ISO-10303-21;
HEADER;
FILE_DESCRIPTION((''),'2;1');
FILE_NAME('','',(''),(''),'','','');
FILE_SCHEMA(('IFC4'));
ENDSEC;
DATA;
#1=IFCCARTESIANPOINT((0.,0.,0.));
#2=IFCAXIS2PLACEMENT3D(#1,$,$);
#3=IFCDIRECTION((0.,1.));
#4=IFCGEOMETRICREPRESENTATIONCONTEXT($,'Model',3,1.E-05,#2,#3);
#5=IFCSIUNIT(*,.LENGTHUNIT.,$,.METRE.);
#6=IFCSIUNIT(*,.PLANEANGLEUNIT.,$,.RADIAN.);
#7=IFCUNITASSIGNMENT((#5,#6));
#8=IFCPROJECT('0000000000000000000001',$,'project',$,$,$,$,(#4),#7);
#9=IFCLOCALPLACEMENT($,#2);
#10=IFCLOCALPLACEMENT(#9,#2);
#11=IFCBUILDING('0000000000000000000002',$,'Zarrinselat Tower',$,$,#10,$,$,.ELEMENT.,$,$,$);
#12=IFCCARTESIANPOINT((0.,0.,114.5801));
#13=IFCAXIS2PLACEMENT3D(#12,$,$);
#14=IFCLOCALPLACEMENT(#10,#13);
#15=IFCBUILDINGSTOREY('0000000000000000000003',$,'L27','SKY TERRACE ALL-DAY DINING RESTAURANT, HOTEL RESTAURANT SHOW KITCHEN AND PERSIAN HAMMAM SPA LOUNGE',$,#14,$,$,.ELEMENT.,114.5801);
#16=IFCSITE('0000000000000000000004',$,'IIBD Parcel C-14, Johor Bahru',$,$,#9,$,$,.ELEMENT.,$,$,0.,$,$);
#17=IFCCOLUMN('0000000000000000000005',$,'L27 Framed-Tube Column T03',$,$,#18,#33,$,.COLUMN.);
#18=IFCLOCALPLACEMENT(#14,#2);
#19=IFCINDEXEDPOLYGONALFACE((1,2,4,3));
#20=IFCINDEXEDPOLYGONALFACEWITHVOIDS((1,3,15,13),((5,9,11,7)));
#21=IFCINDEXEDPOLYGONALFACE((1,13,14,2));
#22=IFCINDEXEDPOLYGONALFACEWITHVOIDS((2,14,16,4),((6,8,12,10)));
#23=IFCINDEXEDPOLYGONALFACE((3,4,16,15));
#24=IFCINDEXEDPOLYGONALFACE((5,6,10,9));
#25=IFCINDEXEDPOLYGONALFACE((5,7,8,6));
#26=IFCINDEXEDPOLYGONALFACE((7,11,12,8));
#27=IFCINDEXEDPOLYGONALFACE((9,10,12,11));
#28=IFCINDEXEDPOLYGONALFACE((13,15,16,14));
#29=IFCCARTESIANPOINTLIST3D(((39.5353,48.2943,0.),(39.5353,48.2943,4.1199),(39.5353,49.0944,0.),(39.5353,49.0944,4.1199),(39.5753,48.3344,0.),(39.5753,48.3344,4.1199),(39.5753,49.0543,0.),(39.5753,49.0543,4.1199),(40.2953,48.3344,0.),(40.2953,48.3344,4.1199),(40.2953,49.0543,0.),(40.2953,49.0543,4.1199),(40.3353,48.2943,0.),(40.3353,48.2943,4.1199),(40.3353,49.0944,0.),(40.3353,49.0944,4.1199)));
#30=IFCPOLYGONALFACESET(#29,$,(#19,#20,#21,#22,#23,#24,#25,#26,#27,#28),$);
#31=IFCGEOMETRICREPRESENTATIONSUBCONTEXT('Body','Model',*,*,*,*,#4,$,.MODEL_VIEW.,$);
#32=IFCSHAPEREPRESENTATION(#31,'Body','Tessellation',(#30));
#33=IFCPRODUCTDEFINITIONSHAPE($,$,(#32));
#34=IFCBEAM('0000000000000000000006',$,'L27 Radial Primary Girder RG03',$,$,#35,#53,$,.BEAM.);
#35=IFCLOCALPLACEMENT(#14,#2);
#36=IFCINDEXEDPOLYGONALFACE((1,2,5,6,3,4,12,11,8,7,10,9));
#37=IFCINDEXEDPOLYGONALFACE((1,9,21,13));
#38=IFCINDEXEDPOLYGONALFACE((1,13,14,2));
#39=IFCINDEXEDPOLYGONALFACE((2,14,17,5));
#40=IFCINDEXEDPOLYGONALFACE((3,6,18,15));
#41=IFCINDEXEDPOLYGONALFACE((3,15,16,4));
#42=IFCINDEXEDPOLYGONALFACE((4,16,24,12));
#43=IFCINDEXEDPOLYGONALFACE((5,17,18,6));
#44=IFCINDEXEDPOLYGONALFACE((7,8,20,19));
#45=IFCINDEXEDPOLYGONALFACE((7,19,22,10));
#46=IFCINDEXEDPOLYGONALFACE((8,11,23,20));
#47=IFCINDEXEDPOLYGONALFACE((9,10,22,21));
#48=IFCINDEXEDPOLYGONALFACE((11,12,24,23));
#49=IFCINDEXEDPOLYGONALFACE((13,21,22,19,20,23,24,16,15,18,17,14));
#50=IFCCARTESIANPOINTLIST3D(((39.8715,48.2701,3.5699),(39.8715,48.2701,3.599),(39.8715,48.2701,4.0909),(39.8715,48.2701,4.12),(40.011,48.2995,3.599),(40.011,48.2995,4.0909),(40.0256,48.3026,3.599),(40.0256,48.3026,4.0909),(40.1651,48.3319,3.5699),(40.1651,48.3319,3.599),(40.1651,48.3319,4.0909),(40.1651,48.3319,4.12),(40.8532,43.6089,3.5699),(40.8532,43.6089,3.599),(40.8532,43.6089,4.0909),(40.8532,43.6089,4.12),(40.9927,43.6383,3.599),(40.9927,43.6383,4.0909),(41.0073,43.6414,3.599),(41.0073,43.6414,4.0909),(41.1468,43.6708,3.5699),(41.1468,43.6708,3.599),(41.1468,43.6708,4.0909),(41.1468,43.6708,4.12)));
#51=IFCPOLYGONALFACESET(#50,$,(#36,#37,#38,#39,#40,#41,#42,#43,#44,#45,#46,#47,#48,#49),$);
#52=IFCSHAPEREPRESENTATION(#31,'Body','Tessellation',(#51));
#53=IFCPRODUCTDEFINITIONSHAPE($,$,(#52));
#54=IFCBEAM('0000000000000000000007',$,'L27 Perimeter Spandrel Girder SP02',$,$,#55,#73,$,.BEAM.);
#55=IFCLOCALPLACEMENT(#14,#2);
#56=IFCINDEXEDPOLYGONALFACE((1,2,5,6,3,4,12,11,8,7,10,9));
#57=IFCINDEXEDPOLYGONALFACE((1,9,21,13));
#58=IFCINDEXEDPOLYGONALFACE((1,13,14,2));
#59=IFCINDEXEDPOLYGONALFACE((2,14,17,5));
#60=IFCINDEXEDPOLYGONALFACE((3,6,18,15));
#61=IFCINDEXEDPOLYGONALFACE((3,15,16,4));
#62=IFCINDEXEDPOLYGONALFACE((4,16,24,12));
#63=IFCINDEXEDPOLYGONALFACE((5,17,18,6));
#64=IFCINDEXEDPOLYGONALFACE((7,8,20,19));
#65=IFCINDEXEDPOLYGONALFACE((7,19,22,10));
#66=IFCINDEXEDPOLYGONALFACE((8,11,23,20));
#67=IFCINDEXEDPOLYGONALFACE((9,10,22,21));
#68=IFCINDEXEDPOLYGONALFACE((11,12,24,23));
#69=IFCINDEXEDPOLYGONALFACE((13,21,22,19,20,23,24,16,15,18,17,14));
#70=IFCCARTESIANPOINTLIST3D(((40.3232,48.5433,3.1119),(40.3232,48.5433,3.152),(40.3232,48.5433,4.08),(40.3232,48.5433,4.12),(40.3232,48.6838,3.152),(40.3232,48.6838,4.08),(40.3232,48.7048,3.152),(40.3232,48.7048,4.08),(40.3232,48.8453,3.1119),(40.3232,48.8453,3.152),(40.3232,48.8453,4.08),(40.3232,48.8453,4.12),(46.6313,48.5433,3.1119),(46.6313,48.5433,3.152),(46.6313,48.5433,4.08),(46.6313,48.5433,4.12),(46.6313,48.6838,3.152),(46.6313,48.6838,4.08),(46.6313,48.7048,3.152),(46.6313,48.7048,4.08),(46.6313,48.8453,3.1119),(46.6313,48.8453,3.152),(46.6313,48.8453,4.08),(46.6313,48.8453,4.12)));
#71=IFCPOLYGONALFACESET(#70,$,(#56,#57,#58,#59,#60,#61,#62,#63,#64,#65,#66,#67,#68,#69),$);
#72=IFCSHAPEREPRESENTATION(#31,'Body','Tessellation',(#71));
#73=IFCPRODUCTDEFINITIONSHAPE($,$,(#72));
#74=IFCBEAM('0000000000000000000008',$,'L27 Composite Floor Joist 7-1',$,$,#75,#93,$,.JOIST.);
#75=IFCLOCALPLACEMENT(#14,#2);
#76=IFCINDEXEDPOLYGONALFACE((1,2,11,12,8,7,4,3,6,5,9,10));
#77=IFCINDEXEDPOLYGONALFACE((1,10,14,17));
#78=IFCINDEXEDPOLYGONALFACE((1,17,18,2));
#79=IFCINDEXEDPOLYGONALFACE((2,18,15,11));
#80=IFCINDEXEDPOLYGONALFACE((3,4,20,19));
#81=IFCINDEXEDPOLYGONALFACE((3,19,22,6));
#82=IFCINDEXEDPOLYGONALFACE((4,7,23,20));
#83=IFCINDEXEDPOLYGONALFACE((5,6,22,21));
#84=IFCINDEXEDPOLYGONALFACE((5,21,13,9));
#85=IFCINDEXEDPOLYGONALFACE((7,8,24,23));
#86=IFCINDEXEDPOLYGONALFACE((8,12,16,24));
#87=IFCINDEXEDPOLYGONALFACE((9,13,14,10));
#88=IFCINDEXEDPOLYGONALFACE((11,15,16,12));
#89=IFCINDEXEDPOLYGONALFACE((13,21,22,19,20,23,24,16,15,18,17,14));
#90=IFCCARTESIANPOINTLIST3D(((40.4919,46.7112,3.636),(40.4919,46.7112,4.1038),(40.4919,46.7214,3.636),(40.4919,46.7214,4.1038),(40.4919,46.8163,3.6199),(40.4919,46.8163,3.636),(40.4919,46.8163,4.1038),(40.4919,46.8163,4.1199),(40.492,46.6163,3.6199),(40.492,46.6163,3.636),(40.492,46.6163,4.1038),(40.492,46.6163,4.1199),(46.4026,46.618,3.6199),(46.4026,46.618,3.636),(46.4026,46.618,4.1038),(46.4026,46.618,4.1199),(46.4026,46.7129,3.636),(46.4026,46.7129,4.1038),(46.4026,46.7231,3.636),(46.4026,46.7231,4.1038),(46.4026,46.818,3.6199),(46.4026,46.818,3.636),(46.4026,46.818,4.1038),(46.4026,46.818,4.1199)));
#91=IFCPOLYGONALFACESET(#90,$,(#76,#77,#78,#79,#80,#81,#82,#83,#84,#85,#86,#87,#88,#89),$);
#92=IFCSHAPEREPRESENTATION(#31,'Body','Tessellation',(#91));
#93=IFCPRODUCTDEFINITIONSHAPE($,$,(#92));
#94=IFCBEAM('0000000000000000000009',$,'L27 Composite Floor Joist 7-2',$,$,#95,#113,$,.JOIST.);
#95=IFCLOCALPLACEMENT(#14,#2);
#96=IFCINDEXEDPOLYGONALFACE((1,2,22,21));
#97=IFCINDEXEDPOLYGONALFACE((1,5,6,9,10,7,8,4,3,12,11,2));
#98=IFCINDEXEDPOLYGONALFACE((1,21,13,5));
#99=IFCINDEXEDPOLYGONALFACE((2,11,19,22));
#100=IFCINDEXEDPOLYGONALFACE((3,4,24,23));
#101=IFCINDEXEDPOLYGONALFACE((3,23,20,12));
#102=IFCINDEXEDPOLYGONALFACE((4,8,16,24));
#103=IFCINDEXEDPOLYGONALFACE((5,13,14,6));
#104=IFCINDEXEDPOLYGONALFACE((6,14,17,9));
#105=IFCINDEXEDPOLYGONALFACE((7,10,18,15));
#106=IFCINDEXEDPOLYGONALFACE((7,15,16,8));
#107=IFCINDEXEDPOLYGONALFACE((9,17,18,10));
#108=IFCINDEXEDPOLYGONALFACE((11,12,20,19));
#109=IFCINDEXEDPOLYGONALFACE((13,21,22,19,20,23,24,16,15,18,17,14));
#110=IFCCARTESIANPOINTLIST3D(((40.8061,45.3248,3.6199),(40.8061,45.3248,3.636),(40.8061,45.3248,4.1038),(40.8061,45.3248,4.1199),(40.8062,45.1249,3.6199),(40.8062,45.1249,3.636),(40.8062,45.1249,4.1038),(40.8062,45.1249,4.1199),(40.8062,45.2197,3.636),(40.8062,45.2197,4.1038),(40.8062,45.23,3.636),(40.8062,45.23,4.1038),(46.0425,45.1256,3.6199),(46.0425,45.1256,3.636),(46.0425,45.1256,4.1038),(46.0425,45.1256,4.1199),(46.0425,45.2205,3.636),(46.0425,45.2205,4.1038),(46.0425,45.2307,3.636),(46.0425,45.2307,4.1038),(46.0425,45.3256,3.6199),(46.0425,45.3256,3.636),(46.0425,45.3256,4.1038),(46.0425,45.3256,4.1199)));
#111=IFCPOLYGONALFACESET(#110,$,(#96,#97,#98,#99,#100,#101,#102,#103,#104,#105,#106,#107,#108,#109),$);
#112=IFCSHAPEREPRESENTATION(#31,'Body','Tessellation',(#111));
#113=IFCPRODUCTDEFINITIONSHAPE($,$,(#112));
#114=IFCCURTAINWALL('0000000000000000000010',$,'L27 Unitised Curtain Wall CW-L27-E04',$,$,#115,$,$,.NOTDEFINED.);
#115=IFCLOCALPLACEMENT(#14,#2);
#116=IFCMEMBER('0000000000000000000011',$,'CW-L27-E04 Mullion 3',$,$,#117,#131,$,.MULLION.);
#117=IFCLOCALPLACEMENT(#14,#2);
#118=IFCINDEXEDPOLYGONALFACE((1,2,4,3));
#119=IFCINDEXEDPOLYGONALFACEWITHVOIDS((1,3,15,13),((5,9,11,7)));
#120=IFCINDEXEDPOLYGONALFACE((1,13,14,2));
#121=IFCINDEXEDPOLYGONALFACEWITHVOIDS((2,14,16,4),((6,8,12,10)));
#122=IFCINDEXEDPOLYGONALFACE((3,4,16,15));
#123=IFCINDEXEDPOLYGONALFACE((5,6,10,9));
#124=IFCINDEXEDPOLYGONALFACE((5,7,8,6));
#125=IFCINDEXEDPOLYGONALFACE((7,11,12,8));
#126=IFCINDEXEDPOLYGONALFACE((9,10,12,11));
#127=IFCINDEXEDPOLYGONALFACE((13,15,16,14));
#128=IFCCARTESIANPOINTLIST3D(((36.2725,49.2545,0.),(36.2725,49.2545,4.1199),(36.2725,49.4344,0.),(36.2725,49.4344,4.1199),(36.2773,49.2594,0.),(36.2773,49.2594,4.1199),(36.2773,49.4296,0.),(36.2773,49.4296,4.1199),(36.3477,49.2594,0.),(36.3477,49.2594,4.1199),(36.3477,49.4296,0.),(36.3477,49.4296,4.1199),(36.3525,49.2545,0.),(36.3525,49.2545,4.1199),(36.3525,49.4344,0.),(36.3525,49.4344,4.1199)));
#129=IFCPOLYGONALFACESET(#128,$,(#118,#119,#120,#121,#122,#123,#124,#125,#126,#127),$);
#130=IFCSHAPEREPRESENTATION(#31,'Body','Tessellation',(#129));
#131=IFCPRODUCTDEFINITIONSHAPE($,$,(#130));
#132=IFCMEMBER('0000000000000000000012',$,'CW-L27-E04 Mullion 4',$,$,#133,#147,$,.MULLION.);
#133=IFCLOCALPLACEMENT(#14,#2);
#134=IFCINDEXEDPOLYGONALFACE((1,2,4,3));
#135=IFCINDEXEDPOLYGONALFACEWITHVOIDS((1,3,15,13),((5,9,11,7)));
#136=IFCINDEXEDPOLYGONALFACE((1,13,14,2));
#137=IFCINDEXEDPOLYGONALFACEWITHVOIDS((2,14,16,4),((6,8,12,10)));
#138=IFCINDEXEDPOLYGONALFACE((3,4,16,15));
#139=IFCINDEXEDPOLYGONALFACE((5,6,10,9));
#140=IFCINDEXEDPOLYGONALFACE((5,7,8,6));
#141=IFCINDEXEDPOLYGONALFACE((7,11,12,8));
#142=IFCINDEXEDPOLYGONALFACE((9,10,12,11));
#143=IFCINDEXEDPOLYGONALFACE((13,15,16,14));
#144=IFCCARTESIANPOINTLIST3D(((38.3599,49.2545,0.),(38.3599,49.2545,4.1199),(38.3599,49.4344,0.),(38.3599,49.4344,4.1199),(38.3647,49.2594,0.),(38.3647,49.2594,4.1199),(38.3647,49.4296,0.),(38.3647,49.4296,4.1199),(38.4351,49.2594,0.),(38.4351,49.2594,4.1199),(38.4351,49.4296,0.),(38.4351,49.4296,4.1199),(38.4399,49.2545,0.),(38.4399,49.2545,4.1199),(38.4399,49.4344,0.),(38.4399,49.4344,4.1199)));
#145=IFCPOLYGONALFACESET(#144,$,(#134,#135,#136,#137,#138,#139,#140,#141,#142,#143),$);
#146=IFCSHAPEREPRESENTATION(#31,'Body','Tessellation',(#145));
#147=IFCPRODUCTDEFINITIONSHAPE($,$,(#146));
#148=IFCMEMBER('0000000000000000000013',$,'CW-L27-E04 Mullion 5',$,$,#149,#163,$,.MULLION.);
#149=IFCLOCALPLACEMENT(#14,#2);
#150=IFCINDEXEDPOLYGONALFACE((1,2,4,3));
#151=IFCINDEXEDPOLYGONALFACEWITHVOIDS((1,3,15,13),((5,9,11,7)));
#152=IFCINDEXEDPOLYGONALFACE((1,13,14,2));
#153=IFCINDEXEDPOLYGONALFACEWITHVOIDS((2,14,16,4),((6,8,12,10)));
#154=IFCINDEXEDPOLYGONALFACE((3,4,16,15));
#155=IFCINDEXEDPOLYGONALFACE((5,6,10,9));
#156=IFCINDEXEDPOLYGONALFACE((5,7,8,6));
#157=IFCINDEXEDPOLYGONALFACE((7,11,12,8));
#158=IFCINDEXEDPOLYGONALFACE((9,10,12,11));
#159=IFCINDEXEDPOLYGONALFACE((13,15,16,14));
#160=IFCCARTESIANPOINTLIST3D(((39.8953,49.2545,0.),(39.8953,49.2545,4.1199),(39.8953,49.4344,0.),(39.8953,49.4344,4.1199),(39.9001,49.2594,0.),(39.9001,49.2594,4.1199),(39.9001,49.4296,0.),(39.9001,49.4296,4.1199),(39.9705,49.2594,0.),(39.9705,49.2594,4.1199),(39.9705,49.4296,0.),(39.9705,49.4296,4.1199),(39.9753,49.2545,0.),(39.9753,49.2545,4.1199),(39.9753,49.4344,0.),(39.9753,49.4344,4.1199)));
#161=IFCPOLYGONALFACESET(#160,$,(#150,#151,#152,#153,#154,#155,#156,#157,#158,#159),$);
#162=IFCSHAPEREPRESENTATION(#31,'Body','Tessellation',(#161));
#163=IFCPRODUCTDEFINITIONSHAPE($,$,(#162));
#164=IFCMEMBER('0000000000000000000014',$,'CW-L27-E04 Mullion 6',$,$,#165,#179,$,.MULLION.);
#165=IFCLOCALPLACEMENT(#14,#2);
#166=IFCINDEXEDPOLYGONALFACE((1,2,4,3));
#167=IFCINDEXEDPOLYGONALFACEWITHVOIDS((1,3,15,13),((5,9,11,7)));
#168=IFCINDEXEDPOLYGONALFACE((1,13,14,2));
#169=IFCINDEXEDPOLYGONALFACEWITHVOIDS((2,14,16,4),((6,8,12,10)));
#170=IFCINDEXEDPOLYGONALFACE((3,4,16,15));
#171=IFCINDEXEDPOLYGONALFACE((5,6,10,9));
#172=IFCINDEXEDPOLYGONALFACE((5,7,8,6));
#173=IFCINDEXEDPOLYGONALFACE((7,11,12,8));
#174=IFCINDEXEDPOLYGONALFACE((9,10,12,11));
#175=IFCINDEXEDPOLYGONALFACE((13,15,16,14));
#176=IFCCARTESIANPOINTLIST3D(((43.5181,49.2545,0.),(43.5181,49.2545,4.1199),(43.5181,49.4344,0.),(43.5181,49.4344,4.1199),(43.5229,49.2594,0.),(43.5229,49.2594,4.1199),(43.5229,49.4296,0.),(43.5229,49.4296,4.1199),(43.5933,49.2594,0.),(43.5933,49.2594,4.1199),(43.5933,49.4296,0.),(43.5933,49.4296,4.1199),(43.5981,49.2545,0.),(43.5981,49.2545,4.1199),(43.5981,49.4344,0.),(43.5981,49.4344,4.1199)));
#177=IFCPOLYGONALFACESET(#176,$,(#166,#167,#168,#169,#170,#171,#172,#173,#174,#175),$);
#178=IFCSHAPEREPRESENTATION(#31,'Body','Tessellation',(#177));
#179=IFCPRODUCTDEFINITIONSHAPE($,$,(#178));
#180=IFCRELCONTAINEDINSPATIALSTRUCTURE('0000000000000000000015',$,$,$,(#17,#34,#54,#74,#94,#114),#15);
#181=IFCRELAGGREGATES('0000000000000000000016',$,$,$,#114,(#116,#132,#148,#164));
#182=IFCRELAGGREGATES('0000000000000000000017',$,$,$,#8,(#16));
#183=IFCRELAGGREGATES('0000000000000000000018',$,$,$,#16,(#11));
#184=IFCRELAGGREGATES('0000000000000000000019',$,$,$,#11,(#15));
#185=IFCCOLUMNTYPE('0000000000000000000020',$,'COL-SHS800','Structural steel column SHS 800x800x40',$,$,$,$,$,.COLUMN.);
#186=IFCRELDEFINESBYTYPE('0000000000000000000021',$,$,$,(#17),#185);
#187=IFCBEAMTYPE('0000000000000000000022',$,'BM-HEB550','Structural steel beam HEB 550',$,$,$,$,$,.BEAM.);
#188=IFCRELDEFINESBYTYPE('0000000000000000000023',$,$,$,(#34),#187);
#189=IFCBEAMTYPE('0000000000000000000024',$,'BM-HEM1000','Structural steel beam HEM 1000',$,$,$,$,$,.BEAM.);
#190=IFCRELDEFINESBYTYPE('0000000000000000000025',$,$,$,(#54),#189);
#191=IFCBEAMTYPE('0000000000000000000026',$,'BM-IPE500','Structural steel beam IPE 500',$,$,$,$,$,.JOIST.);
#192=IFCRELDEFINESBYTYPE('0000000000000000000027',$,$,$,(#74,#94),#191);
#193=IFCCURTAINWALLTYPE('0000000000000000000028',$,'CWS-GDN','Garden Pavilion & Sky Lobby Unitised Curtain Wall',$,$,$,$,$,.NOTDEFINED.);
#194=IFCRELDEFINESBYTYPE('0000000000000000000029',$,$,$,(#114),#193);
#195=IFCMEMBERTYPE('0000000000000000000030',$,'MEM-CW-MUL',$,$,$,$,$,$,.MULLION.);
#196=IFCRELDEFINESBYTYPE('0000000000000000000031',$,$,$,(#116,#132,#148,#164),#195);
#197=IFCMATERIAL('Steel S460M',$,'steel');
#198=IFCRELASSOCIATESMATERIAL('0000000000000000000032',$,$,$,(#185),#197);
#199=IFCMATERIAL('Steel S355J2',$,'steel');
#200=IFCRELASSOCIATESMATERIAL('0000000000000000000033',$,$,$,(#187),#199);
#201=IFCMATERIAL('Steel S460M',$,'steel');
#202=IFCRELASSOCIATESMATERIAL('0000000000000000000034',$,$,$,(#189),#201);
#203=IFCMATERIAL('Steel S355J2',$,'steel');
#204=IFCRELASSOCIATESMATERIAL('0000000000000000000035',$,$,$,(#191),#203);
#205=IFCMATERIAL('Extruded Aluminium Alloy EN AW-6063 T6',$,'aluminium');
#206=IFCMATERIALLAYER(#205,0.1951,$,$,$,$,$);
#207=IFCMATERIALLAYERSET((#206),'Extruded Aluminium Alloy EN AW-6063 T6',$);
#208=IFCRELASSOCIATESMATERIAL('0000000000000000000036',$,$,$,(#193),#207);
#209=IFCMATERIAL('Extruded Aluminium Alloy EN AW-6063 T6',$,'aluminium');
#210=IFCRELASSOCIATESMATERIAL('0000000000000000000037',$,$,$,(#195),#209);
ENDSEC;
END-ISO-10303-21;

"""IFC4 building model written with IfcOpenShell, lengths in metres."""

from ifc_helpers import new_model, si_unit, direction, frame, origin, origin_2d, place, context, subcontext, project, spatial, hollow_rectangle, i_section, extrude, material, layer, layer_set, material_profile, profile_set, type_object, element, aggregate, save


model = new_model("IFC4")

# Units and contexts
model_context = context("Model", 3, precision=1e-05, world=origin(), true_north=direction((0.0, 1.0)))
body_context = subcontext(model_context, "Body", "Model", "MODEL_VIEW")
ifc_project = project(units=[si_unit("LENGTHUNIT", "METRE"), si_unit("PLANEANGLEUNIT", "RADIAN")], contexts=[model_context])

# Site, building, storey
site_placement = place(None, origin())
site = spatial("IfcSite", under=ifc_project, at=site_placement, Name="IIBD Parcel C-14, Johor Bahru", CompositionType="ELEMENT", RefElevation=0.0)
building_placement = place(site_placement, origin())
building = spatial("IfcBuilding", under=site, at=building_placement, Name="Zarrinselat Tower", CompositionType="ELEMENT")
storey_placement = place(building_placement, frame((0.0, 0.0, 114.5801)))
storey = spatial("IfcBuildingStorey", under=building, at=storey_placement, Name="L27", Description="SKY TERRACE ALL-DAY DINING RESTAURANT, HOTEL RESTAURANT SHOW KITCHEN AND PERSIAN HAMMAM SPA LOUNGE", CompositionType="ELEMENT", Elevation=114.5801)

# Column
ifc_material_1 = material(Name="Steel S460M", Category="steel")
ifc_material_profile_1 = material_profile(ifc_material_1, hollow_rectangle(XDim=0.8, YDim=0.8, WallThickness=0.04, at=origin_2d()), Name="SHS 800x800x40")
ifc_profile_set_1 = profile_set([ifc_material_profile_1], Name="Steel S460M")
column_type = type_object("IfcColumnType", Name="COL-SHS800", Description="Structural steel column SHS 800x800x40", PredefinedType="COLUMN", material=ifc_profile_set_1)
column_placement = place(storey_placement, frame((39.9353, 48.6943, 0.0), z_axis=(0.0, 0.0, 1.0), x_axis=(1.0, 0.0, 0.0)))
element("IfcColumn", 1, at=column_placement, inside=storey, type_object=column_type, Name="L27 Framed-Tube Column T03", PredefinedType="COLUMN", context=body_context, shape_type="SweptSolid", body=[
    extrude(hollow_rectangle(XDim=0.8, YDim=0.8, WallThickness=0.04, at=origin_2d()), origin(), (0.0, 0.0, 1.0), 4.1199),
])

# Beams
ifc_material_2 = material(Name="Steel S355J2", Category="steel")
ifc_material_profile_2 = material_profile(ifc_material_2, i_section(OverallWidth=0.3, OverallDepth=0.55, WebThickness=0.0149, FlangeThickness=0.0291, at=origin_2d()), Name="HEB 550")
ifc_profile_set_2 = profile_set([ifc_material_profile_2], Name="Steel S355J2")
beam_type_1 = type_object("IfcBeamType", Name="BM-HEB550", Description="Structural steel beam HEB 550", PredefinedType="BEAM", material=ifc_profile_set_2)
beam_1_placement = place(storey_placement, frame((40.0183, 48.301, 3.845), z_axis=(0.206091, -0.978533, 0.0), x_axis=(0.978533, 0.206091, 0.0)))
element("IfcBeam", 2, at=beam_1_placement, inside=storey, type_object=beam_type_1, Name="L27 Radial Primary Girder RG03", PredefinedType="BEAM", context=body_context, shape_type="SweptSolid", body=[
    extrude(i_section(OverallWidth=0.3, OverallDepth=0.55, WebThickness=0.0149, FlangeThickness=0.0291, at=origin_2d()), origin(), (0.0, 0.0, 1.0), 4.7634),
])
ifc_material_3 = material(Name="Steel S460M", Category="steel")
ifc_material_profile_3 = material_profile(ifc_material_3, i_section(OverallWidth=0.302, OverallDepth=1.0081, WebThickness=0.021, FlangeThickness=0.04, at=origin_2d()), Name="HEM 1000")
ifc_profile_set_3 = profile_set([ifc_material_profile_3], Name="Steel S460M")
beam_type_2 = type_object("IfcBeamType", Name="BM-HEM1000", Description="Structural steel beam HEM 1000", PredefinedType="BEAM", material=ifc_profile_set_3)
beam_2_placement = place(storey_placement, frame((40.3232, 48.6943, 3.616), z_axis=(1.0, 0.0, 0.0), x_axis=(0.0, 1.0, 0.0)))
element("IfcBeam", 3, at=beam_2_placement, inside=storey, type_object=beam_type_2, Name="L27 Perimeter Spandrel Girder SP02", PredefinedType="BEAM", context=body_context, shape_type="SweptSolid", body=[
    extrude(i_section(OverallWidth=0.302, OverallDepth=1.0081, WebThickness=0.021, FlangeThickness=0.04, at=origin_2d()), origin(), (0.0, 0.0, 1.0), 6.3081),
])
ifc_material_4 = material(Name="Steel S355J2", Category="steel")
ifc_material_profile_4 = material_profile(ifc_material_4, i_section(OverallWidth=0.2, OverallDepth=0.5, WebThickness=0.0103, FlangeThickness=0.0161, at=origin_2d()), Name="IPE 500")
ifc_profile_set_4 = profile_set([ifc_material_profile_4], Name="Steel S355J2")
beam_type_3 = type_object("IfcBeamType", Name="BM-IPE500", Description="Structural steel beam IPE 500", PredefinedType="JOIST", material=ifc_profile_set_4)
beam_3_placement = place(storey_placement, frame((40.4919, 46.7163, 3.8699), z_axis=(1.0, 0.000289, 0.0), x_axis=(-0.000289, 1.0, 0.0)))
element("IfcBeam", 4, at=beam_3_placement, inside=storey, type_object=beam_type_3, Name="L27 Composite Floor Joist 7-1", PredefinedType="JOIST", context=body_context, shape_type="SweptSolid", body=[
    extrude(i_section(OverallWidth=0.2, OverallDepth=0.5, WebThickness=0.0103, FlangeThickness=0.0161, at=origin_2d()), origin(), (0.0, 0.0, 1.0), 5.9106),
])
beam_4_placement = place(storey_placement, frame((40.8062, 45.2249, 3.8699), z_axis=(1.0, 0.00014, 0.0), x_axis=(-0.00014, 1.0, 0.0)))
element("IfcBeam", 5, at=beam_4_placement, inside=storey, type_object=beam_type_3, Name="L27 Composite Floor Joist 7-2", PredefinedType="JOIST", context=body_context, shape_type="SweptSolid", body=[
    extrude(i_section(OverallWidth=0.2, OverallDepth=0.5, WebThickness=0.0103, FlangeThickness=0.0161, at=origin_2d()), origin(), (0.0, 0.0, 1.0), 5.2363),
])

# Curtain wall, members
ifc_material_5 = material(Name="Extruded Aluminium Alloy EN AW-6063 T6", Category="aluminium")
ifc_layer_1 = layer(ifc_material_5, 0.1951)
ifc_layer_set_1 = layer_set([ifc_layer_1], Name="Extruded Aluminium Alloy EN AW-6063 T6")
curtain_wall_type = type_object("IfcCurtainWallType", Name="CWS-GDN", Description="Garden Pavilion & Sky Lobby Unitised Curtain Wall", PredefinedType="NOTDEFINED", material=ifc_layer_set_1)
curtain_wall_placement = place(storey_placement, origin())
curtain_wall = element("IfcCurtainWall", 6, at=curtain_wall_placement, inside=storey, type_object=curtain_wall_type, Name="L27 Unitised Curtain Wall CW-L27-E04", PredefinedType="NOTDEFINED")
ifc_material_6 = material(Name="Extruded Aluminium Alloy EN AW-6063 T6", Category="aluminium")
ifc_material_profile_5 = material_profile(ifc_material_6, hollow_rectangle(XDim=0.0801, YDim=0.1799, WallThickness=0.0049, at=origin_2d()), Name="RHS 180x80x5")
ifc_profile_set_5 = profile_set([ifc_material_profile_5], Name="Extruded Aluminium Alloy EN AW-6063 T6")
member_type_1 = type_object("IfcMemberType", Name="MEM-CW-MUL", PredefinedType="MULLION", material=ifc_profile_set_5)
member_1_placement = place(storey_placement, frame((36.3125, 49.3445, 0.0), z_axis=(0.0, 0.0, 1.0), x_axis=(1.0, 0.0, 0.0)))
member_1 = element("IfcMember", 7, at=member_1_placement, type_object=member_type_1, Name="CW-L27-E04 Mullion 3", PredefinedType="MULLION", context=body_context, shape_type="SweptSolid", body=[
    extrude(hollow_rectangle(XDim=0.0801, YDim=0.1799, WallThickness=0.0049, at=origin_2d()), origin(), (0.0, 0.0, 1.0), 4.1199),
])
member_2_placement = place(storey_placement, frame((38.3999, 49.3445, 0.0), z_axis=(0.0, 0.0, 1.0), x_axis=(1.0, 0.0, 0.0)))
member_2 = element("IfcMember", 8, at=member_2_placement, type_object=member_type_1, Name="CW-L27-E04 Mullion 4", PredefinedType="MULLION", context=body_context, shape_type="SweptSolid", body=[
    extrude(hollow_rectangle(XDim=0.0801, YDim=0.1799, WallThickness=0.0049, at=origin_2d()), origin(), (0.0, 0.0, 1.0), 4.1199),
])
member_3_placement = place(storey_placement, frame((39.9353, 49.3445, 0.0), z_axis=(0.0, 0.0, 1.0), x_axis=(1.0, 0.0, 0.0)))
member_3 = element("IfcMember", 9, at=member_3_placement, type_object=member_type_1, Name="CW-L27-E04 Mullion 5", PredefinedType="MULLION", context=body_context, shape_type="SweptSolid", body=[
    extrude(hollow_rectangle(XDim=0.0801, YDim=0.1799, WallThickness=0.0049, at=origin_2d()), origin(), (0.0, 0.0, 1.0), 4.1199),
])
member_4_placement = place(storey_placement, frame((43.5581, 49.3445, 0.0), z_axis=(0.0, 0.0, 1.0), x_axis=(1.0, 0.0, 0.0)))
member_4 = element("IfcMember", 10, at=member_4_placement, type_object=member_type_1, Name="CW-L27-E04 Mullion 6", PredefinedType="MULLION", context=body_context, shape_type="SweptSolid", body=[
    extrude(hollow_rectangle(XDim=0.0801, YDim=0.1799, WallThickness=0.0049, at=origin_2d()), origin(), (0.0, 0.0, 1.0), 4.1199),
])
aggregate(curtain_wall, [member_1, member_2, member_3, member_4])

save(model, "model.ifc")
